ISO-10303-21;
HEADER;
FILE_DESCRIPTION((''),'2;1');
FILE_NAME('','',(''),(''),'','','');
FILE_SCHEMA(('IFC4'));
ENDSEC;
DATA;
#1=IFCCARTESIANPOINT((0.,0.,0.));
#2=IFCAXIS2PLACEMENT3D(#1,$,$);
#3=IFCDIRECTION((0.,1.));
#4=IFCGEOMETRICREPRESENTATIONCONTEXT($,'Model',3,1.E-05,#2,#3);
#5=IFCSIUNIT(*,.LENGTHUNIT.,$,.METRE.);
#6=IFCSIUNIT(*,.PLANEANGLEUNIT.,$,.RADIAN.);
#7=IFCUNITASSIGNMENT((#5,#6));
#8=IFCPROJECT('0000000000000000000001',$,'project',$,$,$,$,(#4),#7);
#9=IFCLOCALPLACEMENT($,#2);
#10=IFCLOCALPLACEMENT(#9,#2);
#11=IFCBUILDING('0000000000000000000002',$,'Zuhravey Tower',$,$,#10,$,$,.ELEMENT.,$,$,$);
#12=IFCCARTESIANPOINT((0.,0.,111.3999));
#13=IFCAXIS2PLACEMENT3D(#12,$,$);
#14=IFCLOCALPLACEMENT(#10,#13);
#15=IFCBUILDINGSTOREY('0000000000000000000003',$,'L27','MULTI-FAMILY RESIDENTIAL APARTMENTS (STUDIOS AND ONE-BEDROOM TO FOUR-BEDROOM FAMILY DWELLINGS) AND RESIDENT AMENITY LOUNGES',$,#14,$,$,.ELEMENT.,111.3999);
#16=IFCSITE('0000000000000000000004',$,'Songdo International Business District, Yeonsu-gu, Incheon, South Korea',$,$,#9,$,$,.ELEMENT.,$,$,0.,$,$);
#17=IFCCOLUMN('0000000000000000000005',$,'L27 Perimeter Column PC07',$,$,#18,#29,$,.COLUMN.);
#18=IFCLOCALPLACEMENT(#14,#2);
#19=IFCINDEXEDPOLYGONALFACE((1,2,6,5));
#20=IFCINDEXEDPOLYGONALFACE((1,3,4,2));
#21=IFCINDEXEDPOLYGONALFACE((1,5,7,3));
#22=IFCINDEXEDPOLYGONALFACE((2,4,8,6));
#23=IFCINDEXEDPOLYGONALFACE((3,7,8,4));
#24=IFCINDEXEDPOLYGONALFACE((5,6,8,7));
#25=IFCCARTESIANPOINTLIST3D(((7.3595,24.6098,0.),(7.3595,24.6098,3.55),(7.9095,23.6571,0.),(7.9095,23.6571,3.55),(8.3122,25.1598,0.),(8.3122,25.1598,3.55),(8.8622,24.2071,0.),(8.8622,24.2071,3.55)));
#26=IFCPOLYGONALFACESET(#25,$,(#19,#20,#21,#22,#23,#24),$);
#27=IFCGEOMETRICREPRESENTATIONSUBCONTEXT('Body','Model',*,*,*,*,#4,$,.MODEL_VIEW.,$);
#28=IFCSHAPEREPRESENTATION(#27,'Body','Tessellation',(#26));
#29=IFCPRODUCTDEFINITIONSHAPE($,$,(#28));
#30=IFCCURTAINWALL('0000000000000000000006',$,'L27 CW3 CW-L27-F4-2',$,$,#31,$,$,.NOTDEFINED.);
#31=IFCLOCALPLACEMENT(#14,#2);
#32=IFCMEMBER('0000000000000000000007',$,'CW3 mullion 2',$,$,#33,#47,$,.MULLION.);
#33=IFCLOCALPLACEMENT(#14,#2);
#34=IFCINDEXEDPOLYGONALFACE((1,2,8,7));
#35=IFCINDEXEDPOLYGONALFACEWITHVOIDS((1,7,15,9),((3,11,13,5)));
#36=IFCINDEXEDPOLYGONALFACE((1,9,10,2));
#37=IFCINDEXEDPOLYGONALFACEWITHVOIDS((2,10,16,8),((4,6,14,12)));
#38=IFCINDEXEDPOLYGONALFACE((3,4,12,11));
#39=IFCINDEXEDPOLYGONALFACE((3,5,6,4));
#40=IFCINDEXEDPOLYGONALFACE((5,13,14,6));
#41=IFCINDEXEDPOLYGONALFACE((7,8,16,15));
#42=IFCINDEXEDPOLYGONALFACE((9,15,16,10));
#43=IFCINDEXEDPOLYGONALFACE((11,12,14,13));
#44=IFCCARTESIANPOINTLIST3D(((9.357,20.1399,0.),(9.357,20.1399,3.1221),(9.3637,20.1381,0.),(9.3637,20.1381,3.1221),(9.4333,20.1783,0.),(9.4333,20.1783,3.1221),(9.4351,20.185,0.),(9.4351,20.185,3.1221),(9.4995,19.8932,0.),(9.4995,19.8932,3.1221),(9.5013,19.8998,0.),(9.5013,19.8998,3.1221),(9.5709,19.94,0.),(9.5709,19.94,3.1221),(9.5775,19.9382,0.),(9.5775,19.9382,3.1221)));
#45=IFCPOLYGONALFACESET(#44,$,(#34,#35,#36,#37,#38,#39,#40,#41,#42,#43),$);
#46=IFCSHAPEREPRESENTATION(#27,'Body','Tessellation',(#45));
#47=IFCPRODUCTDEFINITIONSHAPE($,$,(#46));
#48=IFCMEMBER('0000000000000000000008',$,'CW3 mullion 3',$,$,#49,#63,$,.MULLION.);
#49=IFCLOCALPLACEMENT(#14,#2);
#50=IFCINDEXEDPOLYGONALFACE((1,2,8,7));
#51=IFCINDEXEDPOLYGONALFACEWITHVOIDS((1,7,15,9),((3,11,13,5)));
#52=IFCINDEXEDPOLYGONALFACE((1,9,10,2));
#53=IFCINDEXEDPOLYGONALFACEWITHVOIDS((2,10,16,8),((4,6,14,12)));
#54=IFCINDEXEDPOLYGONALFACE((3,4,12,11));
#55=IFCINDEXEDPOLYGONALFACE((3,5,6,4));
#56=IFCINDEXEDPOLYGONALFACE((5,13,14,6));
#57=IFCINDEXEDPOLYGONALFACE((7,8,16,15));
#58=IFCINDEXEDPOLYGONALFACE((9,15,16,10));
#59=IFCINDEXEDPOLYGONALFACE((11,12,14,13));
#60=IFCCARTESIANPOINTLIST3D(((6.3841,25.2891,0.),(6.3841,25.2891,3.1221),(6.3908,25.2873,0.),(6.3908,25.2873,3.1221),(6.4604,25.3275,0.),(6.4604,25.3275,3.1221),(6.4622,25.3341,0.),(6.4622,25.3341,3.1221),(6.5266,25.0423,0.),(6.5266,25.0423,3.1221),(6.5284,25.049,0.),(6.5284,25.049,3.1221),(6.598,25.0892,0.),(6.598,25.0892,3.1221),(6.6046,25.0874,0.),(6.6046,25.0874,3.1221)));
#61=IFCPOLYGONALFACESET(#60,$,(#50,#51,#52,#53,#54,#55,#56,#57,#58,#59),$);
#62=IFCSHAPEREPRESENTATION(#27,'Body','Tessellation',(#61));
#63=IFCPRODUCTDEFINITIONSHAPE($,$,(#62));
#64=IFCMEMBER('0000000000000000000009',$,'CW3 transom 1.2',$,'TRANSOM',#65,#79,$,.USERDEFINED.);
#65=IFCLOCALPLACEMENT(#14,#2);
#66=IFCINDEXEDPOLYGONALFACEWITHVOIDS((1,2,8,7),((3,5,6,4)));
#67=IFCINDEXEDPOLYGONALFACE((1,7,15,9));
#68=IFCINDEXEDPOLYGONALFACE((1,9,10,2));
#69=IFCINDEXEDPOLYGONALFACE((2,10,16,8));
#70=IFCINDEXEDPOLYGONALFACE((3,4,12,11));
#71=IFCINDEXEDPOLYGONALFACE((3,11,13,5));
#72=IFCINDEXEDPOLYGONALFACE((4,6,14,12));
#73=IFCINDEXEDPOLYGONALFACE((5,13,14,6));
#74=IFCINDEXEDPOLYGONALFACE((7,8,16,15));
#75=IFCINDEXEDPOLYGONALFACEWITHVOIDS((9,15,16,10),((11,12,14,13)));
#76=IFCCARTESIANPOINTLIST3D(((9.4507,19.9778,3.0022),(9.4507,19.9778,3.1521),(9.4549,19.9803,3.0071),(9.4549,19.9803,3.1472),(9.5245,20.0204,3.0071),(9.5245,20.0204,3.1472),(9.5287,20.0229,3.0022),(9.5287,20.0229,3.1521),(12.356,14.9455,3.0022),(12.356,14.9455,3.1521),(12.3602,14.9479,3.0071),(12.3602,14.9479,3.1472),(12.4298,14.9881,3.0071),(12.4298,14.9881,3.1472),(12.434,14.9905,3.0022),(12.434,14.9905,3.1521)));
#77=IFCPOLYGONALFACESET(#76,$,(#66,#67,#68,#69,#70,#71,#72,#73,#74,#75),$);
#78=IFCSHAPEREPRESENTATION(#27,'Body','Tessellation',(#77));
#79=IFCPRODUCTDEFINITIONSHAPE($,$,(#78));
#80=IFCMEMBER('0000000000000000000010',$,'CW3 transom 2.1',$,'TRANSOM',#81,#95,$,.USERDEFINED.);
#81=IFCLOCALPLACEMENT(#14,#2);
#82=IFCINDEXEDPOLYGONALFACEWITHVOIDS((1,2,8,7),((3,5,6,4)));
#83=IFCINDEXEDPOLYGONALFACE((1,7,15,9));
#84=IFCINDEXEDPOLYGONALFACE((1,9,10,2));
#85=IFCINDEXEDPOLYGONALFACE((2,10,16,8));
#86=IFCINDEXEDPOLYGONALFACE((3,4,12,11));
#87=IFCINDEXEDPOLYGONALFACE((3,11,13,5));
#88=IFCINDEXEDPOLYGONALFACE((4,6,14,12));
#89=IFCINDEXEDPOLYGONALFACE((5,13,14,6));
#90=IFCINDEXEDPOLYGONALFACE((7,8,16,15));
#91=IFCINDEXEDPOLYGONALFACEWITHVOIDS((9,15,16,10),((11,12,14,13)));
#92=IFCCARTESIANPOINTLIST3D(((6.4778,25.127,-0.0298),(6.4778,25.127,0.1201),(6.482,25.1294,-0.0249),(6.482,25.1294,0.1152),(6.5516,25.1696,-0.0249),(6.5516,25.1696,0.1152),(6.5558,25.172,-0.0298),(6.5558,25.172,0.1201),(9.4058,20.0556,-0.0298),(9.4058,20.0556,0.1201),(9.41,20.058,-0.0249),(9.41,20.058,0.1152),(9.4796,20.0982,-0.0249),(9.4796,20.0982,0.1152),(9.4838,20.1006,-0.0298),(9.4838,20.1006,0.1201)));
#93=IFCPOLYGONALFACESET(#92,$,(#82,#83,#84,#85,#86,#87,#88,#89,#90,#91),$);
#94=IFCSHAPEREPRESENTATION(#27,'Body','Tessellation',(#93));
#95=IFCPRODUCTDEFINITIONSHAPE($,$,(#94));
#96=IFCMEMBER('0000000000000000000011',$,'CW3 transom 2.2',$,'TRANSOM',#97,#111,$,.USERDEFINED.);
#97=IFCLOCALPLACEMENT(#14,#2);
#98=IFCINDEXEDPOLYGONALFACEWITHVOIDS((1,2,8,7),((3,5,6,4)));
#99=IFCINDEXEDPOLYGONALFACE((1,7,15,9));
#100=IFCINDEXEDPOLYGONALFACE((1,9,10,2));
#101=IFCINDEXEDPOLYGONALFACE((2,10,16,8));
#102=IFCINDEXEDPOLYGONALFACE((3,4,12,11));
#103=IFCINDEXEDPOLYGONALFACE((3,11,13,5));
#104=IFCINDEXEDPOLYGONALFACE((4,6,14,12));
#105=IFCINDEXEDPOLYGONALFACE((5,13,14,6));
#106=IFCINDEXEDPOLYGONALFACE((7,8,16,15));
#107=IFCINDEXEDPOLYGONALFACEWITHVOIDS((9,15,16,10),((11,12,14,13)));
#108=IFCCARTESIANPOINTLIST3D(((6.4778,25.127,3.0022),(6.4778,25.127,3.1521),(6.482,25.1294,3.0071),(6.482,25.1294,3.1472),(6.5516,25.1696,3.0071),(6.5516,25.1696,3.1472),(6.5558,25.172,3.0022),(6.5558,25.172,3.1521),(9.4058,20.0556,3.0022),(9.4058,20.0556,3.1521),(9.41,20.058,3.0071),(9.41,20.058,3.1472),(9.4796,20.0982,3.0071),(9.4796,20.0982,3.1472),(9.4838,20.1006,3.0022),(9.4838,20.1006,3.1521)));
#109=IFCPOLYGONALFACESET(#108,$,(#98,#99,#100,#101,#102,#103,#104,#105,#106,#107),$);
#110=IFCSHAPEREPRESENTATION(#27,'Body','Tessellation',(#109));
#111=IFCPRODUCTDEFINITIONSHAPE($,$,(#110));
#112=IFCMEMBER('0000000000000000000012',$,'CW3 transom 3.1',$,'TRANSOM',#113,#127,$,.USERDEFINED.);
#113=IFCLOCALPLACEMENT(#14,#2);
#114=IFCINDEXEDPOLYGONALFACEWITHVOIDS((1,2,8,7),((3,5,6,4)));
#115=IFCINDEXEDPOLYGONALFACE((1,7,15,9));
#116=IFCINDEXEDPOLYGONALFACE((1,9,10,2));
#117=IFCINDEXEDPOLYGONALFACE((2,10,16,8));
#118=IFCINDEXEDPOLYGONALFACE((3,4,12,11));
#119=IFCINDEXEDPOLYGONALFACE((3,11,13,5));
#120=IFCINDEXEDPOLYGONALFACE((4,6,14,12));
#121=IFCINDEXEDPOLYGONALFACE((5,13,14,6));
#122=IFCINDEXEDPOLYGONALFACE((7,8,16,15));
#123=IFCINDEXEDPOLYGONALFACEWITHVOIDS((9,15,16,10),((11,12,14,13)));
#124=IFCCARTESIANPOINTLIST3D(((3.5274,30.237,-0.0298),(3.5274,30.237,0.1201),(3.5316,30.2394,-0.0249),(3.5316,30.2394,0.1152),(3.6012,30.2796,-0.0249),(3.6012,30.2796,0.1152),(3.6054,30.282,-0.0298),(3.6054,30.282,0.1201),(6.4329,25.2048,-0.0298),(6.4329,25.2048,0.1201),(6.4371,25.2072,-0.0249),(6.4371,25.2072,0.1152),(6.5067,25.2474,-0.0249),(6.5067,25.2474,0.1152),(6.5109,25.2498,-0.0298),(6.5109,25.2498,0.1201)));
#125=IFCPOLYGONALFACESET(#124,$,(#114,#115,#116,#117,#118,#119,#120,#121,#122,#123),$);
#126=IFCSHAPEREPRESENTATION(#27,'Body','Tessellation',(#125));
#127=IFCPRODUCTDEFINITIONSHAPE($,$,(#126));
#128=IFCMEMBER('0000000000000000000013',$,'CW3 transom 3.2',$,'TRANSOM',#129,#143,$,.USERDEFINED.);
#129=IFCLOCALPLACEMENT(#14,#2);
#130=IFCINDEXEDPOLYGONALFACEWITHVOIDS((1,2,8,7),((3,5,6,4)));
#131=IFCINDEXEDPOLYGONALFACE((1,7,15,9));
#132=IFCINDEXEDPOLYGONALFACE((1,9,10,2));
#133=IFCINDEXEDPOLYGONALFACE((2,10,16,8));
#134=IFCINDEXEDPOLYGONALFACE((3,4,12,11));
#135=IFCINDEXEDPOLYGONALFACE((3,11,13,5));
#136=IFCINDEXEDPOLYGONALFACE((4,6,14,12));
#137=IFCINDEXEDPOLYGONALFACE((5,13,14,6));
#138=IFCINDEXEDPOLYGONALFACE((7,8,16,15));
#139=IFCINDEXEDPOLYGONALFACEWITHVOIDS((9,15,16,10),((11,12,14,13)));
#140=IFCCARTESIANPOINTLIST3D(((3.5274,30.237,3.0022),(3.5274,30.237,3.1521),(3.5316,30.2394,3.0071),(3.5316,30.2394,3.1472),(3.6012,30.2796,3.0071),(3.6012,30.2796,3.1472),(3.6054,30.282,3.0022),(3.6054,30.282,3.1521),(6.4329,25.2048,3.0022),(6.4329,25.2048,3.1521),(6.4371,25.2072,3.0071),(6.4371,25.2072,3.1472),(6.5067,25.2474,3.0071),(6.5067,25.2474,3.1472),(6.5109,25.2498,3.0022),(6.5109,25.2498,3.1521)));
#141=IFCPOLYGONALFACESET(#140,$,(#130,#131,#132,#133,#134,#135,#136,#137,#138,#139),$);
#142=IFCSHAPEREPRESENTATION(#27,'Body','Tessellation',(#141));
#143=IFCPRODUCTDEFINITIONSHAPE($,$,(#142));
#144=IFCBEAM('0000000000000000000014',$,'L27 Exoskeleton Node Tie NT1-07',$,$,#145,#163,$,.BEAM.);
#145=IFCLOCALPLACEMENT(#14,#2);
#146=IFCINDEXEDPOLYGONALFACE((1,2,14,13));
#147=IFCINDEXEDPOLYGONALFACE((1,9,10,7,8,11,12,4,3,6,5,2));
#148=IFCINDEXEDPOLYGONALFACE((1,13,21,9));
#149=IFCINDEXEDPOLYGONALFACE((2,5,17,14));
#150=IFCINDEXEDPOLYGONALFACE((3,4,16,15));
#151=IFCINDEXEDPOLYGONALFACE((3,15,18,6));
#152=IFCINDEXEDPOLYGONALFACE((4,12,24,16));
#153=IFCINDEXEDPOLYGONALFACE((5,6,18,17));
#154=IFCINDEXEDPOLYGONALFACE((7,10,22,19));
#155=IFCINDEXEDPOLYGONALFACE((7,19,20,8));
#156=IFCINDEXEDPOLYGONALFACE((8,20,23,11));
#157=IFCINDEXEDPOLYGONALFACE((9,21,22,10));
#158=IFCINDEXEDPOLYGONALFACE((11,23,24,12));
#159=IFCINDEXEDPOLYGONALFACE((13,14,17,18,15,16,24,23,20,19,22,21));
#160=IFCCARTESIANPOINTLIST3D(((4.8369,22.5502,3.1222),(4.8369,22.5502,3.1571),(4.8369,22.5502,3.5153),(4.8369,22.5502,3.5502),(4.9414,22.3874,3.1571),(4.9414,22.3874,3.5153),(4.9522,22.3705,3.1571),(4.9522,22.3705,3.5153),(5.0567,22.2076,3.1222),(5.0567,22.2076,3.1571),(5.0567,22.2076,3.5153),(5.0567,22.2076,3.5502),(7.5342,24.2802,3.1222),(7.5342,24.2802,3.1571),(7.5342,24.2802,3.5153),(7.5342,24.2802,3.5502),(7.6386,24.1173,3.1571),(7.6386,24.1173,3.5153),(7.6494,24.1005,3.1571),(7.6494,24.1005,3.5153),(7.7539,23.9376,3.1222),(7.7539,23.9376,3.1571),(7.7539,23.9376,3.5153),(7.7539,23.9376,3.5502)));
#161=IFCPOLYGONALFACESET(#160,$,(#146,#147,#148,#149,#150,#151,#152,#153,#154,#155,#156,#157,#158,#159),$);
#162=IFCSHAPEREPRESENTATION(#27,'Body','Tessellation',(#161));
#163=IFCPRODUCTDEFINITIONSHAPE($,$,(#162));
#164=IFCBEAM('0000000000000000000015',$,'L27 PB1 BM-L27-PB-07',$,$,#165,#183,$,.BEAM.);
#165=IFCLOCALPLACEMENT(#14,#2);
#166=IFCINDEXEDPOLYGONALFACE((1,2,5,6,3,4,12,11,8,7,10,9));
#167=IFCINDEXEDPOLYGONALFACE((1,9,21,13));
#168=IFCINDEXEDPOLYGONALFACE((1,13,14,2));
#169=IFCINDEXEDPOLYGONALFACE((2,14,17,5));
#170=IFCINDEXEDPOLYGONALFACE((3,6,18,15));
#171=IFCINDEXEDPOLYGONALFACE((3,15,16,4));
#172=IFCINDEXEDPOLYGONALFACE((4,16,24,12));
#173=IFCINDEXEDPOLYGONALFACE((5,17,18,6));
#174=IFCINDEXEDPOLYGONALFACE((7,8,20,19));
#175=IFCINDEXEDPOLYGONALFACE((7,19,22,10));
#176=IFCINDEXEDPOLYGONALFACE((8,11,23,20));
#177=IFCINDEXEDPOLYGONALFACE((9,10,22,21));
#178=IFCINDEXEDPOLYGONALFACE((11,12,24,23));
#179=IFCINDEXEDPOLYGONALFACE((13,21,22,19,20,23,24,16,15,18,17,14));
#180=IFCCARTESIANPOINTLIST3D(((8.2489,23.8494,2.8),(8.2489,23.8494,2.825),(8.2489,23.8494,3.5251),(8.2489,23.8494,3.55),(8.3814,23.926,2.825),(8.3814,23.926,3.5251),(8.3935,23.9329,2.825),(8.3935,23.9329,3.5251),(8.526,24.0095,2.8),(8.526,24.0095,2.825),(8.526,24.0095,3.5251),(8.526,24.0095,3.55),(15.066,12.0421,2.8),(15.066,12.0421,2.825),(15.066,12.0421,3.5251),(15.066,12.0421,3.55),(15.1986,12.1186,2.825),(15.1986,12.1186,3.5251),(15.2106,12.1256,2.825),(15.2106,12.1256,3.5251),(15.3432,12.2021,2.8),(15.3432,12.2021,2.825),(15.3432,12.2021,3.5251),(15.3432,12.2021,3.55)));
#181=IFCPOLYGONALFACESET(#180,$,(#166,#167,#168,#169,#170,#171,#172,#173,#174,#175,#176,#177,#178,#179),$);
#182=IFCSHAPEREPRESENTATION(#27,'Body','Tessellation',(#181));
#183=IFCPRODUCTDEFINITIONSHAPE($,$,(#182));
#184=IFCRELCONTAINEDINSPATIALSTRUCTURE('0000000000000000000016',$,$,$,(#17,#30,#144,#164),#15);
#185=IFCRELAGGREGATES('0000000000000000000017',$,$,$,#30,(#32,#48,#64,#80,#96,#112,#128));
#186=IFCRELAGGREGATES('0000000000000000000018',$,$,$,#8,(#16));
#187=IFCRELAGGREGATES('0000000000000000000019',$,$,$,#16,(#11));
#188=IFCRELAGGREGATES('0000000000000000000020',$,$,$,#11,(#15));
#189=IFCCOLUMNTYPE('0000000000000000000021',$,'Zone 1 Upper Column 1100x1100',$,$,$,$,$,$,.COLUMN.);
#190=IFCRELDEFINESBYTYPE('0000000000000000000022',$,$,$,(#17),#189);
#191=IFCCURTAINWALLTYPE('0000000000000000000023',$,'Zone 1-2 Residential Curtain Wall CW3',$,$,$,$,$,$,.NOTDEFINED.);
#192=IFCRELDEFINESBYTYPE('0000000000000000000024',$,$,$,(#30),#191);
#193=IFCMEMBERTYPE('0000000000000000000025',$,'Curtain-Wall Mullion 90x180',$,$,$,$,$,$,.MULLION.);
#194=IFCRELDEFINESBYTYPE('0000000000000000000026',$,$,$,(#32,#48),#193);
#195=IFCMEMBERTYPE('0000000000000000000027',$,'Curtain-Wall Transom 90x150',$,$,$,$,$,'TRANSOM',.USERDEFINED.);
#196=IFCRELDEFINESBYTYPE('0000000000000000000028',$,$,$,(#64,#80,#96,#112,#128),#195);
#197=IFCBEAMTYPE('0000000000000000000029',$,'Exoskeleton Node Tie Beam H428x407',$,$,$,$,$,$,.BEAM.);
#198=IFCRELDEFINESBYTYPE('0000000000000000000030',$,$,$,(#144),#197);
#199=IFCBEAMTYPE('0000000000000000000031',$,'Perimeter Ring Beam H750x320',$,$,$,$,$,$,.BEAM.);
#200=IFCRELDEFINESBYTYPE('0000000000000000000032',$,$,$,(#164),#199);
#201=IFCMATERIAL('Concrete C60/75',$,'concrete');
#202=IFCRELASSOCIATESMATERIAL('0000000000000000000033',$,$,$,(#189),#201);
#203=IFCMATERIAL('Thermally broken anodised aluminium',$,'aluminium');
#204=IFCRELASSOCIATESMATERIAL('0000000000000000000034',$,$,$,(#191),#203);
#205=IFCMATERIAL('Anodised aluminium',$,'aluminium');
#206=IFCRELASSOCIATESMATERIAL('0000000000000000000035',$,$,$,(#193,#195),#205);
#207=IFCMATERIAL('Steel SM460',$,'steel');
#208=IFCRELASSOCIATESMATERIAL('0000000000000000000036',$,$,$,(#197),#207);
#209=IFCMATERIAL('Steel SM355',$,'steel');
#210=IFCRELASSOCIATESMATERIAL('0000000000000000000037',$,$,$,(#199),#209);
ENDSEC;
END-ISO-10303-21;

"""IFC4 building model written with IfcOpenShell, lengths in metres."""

from ifc_helpers import new_model, si_unit, direction, frame, origin, origin_2d, place, context, subcontext, project, spatial, rectangle, hollow_rectangle, i_section, extrude, material, material_profile, profile_set, type_object, element, aggregate, save


model = new_model("IFC4")

# Units and contexts
model_context = context("Model", 3, precision=1e-05, world=origin(), true_north=direction((0.0, 1.0)))
body_context = subcontext(model_context, "Body", "Model", "MODEL_VIEW")
ifc_project = project(units=[si_unit("LENGTHUNIT", "METRE"), si_unit("PLANEANGLEUNIT", "RADIAN")], contexts=[model_context])

# Site, building, storey
site_placement = place(None, origin())
site = spatial("IfcSite", under=ifc_project, at=site_placement, Name="Songdo International Business District, Yeonsu-gu, Incheon, South Korea", CompositionType="ELEMENT", RefElevation=0.0)
building_placement = place(site_placement, origin())
building = spatial("IfcBuilding", under=site, at=building_placement, Name="Zuhravey Tower", CompositionType="ELEMENT")
storey_placement = place(building_placement, frame((0.0, 0.0, 111.3999)))
storey = spatial("IfcBuildingStorey", under=building, at=storey_placement, Name="L27", Description="MULTI-FAMILY RESIDENTIAL APARTMENTS (STUDIOS AND ONE-BEDROOM TO FOUR-BEDROOM FAMILY DWELLINGS) AND RESIDENT AMENITY LOUNGES", CompositionType="ELEMENT", Elevation=111.3999)

# Column
ifc_material_1 = material(Name="Concrete C60/75", Category="concrete")
ifc_material_profile_1 = material_profile(ifc_material_1, rectangle(XDim=1.1001, YDim=1.1001, at=origin_2d()), Name="RC-1100x1100")
ifc_profile_set_1 = profile_set([ifc_material_profile_1], Name="Concrete C60/75")
column_type = type_object("IfcColumnType", Name="Zone 1 Upper Column 1100x1100", PredefinedType="COLUMN", material=ifc_profile_set_1)
column_placement = place(storey_placement, frame((8.1108, 24.4084, 0.0), z_axis=(0.0, 0.0, 1.0), x_axis=(0.5, -0.866025, 0.0)))
element("IfcColumn", 1, at=column_placement, inside=storey, type_object=column_type, Name="L27 Perimeter Column PC07", PredefinedType="COLUMN", context=body_context, shape_type="SweptSolid", body=[
    extrude(rectangle(XDim=1.1001, YDim=1.1001, at=origin_2d()), origin(), (0.0, 0.0, 1.0), 3.55),
])

# Curtain wall, members
ifc_material_2 = material(Name="Thermally broken anodised aluminium", Category="aluminium")
curtain_wall_type = type_object("IfcCurtainWallType", Name="Zone 1-2 Residential Curtain Wall CW3", PredefinedType="NOTDEFINED", material=ifc_material_2)
curtain_wall_placement = place(storey_placement, origin())
curtain_wall = element("IfcCurtainWall", 2, at=curtain_wall_placement, inside=storey, type_object=curtain_wall_type, Name="L27 CW3 CW-L27-F4-2", PredefinedType="NOTDEFINED")
ifc_material_3 = material(Name="Anodised aluminium", Category="aluminium")
ifc_material_profile_2 = material_profile(ifc_material_3, hollow_rectangle(XDim=0.0901, YDim=0.2849, WallThickness=0.0049, at=origin_2d()), Name="ALU-RHS-90x285x5")
ifc_profile_set_2 = profile_set([ifc_material_profile_2], Name="Anodised aluminium")
member_type_1 = type_object("IfcMemberType", Name="Curtain-Wall Mullion 90x180", PredefinedType="MULLION", material=ifc_profile_set_2)
member_1_placement = place(storey_placement, frame((9.4673, 20.0391, 0.0), z_axis=(0.0, 0.0, 1.0), x_axis=(-0.866026, -0.499999, 0.0)))
member_1 = element("IfcMember", 3, at=member_1_placement, type_object=member_type_1, Name="CW3 mullion 2", PredefinedType="MULLION", context=body_context, shape_type="SweptSolid", body=[
    extrude(hollow_rectangle(XDim=0.0901, YDim=0.2849, WallThickness=0.0049, at=origin_2d()), origin(), (0.0, 0.0, 1.0), 3.1221),
])
member_2_placement = place(storey_placement, frame((6.4944, 25.1882, 0.0), z_axis=(0.0, 0.0, 1.0), x_axis=(-0.866026, -0.499999, 0.0)))
member_2 = element("IfcMember", 4, at=member_2_placement, type_object=member_type_1, Name="CW3 mullion 3", PredefinedType="MULLION", context=body_context, shape_type="SweptSolid", body=[
    extrude(hollow_rectangle(XDim=0.0901, YDim=0.2849, WallThickness=0.0049, at=origin_2d()), origin(), (0.0, 0.0, 1.0), 3.1221),
])
ifc_material_profile_3 = material_profile(ifc_material_3, hollow_rectangle(XDim=0.0901, YDim=0.1499, WallThickness=0.0049, at=origin_2d()), Name="ALU-RHS-90x150x5")
ifc_profile_set_3 = profile_set([ifc_material_profile_3], Name="Anodised aluminium")
member_type_2 = type_object("IfcMemberType", Name="Curtain-Wall Transom 90x150", ElementType="TRANSOM", PredefinedType="USERDEFINED", material=ifc_profile_set_3)
member_3_placement = place(storey_placement, frame((12.395, 14.968, 3.0771), z_axis=(-0.499989, 0.866032, 0.0), x_axis=(-0.866032, -0.499989, 0.0)))
member_3 = element("IfcMember", 5, at=member_3_placement, type_object=member_type_2, Name="CW3 transom 1.2", ObjectType="TRANSOM", PredefinedType="USERDEFINED", context=body_context, shape_type="SweptSolid", body=[
    extrude(hollow_rectangle(XDim=0.0901, YDim=0.1499, WallThickness=0.0049, at=origin_2d()), origin(), (0.0, 0.0, 1.0), 5.8108),
])
member_4_placement = place(storey_placement, frame((9.4448, 20.0781, 0.0452), z_axis=(-0.500009, 0.86602, 0.0), x_axis=(-0.86602, -0.500009, 0.0)))
member_4 = element("IfcMember", 6, at=member_4_placement, type_object=member_type_2, Name="CW3 transom 2.1", ObjectType="TRANSOM", PredefinedType="USERDEFINED", context=body_context, shape_type="SweptSolid", body=[
    extrude(hollow_rectangle(XDim=0.0901, YDim=0.1499, WallThickness=0.0049, at=origin_2d()), origin(), (0.0, 0.0, 1.0), 5.856),
])
member_5_placement = place(storey_placement, frame((9.4448, 20.0781, 3.0771), z_axis=(-0.500009, 0.86602, 0.0), x_axis=(-0.86602, -0.500009, 0.0)))
member_5 = element("IfcMember", 7, at=member_5_placement, type_object=member_type_2, Name="CW3 transom 2.2", ObjectType="TRANSOM", PredefinedType="USERDEFINED", context=body_context, shape_type="SweptSolid", body=[
    extrude(hollow_rectangle(XDim=0.0901, YDim=0.1499, WallThickness=0.0049, at=origin_2d()), origin(), (0.0, 0.0, 1.0), 5.856),
])
member_6_placement = place(storey_placement, frame((6.4719, 25.2273, 0.0452), z_axis=(-0.500021, 0.866013, 0.0), x_axis=(-0.866013, -0.500021, 0.0)))
member_6 = element("IfcMember", 8, at=member_6_placement, type_object=member_type_2, Name="CW3 transom 3.1", ObjectType="TRANSOM", PredefinedType="USERDEFINED", context=body_context, shape_type="SweptSolid", body=[
    extrude(hollow_rectangle(XDim=0.0901, YDim=0.1499, WallThickness=0.0049, at=origin_2d()), origin(), (0.0, 0.0, 1.0), 5.8108),
])
member_7_placement = place(storey_placement, frame((6.4719, 25.2273, 3.0771), z_axis=(-0.500021, 0.866013, 0.0), x_axis=(-0.866013, -0.500021, 0.0)))
member_7 = element("IfcMember", 9, at=member_7_placement, type_object=member_type_2, Name="CW3 transom 3.2", ObjectType="TRANSOM", PredefinedType="USERDEFINED", context=body_context, shape_type="SweptSolid", body=[
    extrude(hollow_rectangle(XDim=0.0901, YDim=0.1499, WallThickness=0.0049, at=origin_2d()), origin(), (0.0, 0.0, 1.0), 5.8108),
])

# Beams
ifc_material_4 = material(Name="Steel SM460", Category="steel")
ifc_material_profile_4 = material_profile(ifc_material_4, i_section(OverallWidth=0.407, OverallDepth=0.428, WebThickness=0.02, FlangeThickness=0.0349, at=origin_2d()), Name="H-428x407x20x35")
ifc_profile_set_4 = profile_set([ifc_material_profile_4], Name="Steel SM460")
beam_type_1 = type_object("IfcBeamType", Name="Exoskeleton Node Tie Beam H428x407", PredefinedType="BEAM", material=ifc_profile_set_4)
beam_1_placement = place(storey_placement, frame((7.644, 24.1089, 3.3362), z_axis=(-0.841742, -0.539879, 0.0), x_axis=(0.539879, -0.841742, 0.0)))
element("IfcBeam", 10, at=beam_1_placement, inside=storey, type_object=beam_type_1, Name="L27 Exoskeleton Node Tie NT1-07", PredefinedType="BEAM", context=body_context, shape_type="SweptSolid", body=[
    extrude(i_section(OverallWidth=0.407, OverallDepth=0.428, WebThickness=0.02, FlangeThickness=0.0349, at=origin_2d()), origin(), (0.0, 0.0, 1.0), 3.2043),
])
ifc_material_5 = material(Name="Steel SM355", Category="steel")
ifc_material_profile_5 = material_profile(ifc_material_5, i_section(OverallWidth=0.3201, OverallDepth=0.75, WebThickness=0.0139, FlangeThickness=0.0249, at=origin_2d()), Name="H-750x320x14x25")
ifc_profile_set_5 = profile_set([ifc_material_profile_5], Name="Steel SM355")
beam_type_2 = type_object("IfcBeamType", Name="Perimeter Ring Beam H750x320", PredefinedType="BEAM", material=ifc_profile_set_5)
beam_2_placement = place(storey_placement, frame((8.3875, 23.9294, 3.175), z_axis=(0.500008, -0.866021, 0.0), x_axis=(0.866021, 0.500008, 0.0)))
element("IfcBeam", 11, at=beam_2_placement, inside=storey, type_object=beam_type_2, Name="L27 PB1 BM-L27-PB-07", PredefinedType="BEAM", context=body_context, shape_type="SweptSolid", body=[
    extrude(i_section(OverallWidth=0.3201, OverallDepth=0.75, WebThickness=0.0139, FlangeThickness=0.0249, at=origin_2d()), origin(), (0.0, 0.0, 1.0), 13.634),
])

aggregate(curtain_wall, [member_1, member_2, member_3, member_4, member_5, member_6, member_7])

save(model, "model.ifc")
